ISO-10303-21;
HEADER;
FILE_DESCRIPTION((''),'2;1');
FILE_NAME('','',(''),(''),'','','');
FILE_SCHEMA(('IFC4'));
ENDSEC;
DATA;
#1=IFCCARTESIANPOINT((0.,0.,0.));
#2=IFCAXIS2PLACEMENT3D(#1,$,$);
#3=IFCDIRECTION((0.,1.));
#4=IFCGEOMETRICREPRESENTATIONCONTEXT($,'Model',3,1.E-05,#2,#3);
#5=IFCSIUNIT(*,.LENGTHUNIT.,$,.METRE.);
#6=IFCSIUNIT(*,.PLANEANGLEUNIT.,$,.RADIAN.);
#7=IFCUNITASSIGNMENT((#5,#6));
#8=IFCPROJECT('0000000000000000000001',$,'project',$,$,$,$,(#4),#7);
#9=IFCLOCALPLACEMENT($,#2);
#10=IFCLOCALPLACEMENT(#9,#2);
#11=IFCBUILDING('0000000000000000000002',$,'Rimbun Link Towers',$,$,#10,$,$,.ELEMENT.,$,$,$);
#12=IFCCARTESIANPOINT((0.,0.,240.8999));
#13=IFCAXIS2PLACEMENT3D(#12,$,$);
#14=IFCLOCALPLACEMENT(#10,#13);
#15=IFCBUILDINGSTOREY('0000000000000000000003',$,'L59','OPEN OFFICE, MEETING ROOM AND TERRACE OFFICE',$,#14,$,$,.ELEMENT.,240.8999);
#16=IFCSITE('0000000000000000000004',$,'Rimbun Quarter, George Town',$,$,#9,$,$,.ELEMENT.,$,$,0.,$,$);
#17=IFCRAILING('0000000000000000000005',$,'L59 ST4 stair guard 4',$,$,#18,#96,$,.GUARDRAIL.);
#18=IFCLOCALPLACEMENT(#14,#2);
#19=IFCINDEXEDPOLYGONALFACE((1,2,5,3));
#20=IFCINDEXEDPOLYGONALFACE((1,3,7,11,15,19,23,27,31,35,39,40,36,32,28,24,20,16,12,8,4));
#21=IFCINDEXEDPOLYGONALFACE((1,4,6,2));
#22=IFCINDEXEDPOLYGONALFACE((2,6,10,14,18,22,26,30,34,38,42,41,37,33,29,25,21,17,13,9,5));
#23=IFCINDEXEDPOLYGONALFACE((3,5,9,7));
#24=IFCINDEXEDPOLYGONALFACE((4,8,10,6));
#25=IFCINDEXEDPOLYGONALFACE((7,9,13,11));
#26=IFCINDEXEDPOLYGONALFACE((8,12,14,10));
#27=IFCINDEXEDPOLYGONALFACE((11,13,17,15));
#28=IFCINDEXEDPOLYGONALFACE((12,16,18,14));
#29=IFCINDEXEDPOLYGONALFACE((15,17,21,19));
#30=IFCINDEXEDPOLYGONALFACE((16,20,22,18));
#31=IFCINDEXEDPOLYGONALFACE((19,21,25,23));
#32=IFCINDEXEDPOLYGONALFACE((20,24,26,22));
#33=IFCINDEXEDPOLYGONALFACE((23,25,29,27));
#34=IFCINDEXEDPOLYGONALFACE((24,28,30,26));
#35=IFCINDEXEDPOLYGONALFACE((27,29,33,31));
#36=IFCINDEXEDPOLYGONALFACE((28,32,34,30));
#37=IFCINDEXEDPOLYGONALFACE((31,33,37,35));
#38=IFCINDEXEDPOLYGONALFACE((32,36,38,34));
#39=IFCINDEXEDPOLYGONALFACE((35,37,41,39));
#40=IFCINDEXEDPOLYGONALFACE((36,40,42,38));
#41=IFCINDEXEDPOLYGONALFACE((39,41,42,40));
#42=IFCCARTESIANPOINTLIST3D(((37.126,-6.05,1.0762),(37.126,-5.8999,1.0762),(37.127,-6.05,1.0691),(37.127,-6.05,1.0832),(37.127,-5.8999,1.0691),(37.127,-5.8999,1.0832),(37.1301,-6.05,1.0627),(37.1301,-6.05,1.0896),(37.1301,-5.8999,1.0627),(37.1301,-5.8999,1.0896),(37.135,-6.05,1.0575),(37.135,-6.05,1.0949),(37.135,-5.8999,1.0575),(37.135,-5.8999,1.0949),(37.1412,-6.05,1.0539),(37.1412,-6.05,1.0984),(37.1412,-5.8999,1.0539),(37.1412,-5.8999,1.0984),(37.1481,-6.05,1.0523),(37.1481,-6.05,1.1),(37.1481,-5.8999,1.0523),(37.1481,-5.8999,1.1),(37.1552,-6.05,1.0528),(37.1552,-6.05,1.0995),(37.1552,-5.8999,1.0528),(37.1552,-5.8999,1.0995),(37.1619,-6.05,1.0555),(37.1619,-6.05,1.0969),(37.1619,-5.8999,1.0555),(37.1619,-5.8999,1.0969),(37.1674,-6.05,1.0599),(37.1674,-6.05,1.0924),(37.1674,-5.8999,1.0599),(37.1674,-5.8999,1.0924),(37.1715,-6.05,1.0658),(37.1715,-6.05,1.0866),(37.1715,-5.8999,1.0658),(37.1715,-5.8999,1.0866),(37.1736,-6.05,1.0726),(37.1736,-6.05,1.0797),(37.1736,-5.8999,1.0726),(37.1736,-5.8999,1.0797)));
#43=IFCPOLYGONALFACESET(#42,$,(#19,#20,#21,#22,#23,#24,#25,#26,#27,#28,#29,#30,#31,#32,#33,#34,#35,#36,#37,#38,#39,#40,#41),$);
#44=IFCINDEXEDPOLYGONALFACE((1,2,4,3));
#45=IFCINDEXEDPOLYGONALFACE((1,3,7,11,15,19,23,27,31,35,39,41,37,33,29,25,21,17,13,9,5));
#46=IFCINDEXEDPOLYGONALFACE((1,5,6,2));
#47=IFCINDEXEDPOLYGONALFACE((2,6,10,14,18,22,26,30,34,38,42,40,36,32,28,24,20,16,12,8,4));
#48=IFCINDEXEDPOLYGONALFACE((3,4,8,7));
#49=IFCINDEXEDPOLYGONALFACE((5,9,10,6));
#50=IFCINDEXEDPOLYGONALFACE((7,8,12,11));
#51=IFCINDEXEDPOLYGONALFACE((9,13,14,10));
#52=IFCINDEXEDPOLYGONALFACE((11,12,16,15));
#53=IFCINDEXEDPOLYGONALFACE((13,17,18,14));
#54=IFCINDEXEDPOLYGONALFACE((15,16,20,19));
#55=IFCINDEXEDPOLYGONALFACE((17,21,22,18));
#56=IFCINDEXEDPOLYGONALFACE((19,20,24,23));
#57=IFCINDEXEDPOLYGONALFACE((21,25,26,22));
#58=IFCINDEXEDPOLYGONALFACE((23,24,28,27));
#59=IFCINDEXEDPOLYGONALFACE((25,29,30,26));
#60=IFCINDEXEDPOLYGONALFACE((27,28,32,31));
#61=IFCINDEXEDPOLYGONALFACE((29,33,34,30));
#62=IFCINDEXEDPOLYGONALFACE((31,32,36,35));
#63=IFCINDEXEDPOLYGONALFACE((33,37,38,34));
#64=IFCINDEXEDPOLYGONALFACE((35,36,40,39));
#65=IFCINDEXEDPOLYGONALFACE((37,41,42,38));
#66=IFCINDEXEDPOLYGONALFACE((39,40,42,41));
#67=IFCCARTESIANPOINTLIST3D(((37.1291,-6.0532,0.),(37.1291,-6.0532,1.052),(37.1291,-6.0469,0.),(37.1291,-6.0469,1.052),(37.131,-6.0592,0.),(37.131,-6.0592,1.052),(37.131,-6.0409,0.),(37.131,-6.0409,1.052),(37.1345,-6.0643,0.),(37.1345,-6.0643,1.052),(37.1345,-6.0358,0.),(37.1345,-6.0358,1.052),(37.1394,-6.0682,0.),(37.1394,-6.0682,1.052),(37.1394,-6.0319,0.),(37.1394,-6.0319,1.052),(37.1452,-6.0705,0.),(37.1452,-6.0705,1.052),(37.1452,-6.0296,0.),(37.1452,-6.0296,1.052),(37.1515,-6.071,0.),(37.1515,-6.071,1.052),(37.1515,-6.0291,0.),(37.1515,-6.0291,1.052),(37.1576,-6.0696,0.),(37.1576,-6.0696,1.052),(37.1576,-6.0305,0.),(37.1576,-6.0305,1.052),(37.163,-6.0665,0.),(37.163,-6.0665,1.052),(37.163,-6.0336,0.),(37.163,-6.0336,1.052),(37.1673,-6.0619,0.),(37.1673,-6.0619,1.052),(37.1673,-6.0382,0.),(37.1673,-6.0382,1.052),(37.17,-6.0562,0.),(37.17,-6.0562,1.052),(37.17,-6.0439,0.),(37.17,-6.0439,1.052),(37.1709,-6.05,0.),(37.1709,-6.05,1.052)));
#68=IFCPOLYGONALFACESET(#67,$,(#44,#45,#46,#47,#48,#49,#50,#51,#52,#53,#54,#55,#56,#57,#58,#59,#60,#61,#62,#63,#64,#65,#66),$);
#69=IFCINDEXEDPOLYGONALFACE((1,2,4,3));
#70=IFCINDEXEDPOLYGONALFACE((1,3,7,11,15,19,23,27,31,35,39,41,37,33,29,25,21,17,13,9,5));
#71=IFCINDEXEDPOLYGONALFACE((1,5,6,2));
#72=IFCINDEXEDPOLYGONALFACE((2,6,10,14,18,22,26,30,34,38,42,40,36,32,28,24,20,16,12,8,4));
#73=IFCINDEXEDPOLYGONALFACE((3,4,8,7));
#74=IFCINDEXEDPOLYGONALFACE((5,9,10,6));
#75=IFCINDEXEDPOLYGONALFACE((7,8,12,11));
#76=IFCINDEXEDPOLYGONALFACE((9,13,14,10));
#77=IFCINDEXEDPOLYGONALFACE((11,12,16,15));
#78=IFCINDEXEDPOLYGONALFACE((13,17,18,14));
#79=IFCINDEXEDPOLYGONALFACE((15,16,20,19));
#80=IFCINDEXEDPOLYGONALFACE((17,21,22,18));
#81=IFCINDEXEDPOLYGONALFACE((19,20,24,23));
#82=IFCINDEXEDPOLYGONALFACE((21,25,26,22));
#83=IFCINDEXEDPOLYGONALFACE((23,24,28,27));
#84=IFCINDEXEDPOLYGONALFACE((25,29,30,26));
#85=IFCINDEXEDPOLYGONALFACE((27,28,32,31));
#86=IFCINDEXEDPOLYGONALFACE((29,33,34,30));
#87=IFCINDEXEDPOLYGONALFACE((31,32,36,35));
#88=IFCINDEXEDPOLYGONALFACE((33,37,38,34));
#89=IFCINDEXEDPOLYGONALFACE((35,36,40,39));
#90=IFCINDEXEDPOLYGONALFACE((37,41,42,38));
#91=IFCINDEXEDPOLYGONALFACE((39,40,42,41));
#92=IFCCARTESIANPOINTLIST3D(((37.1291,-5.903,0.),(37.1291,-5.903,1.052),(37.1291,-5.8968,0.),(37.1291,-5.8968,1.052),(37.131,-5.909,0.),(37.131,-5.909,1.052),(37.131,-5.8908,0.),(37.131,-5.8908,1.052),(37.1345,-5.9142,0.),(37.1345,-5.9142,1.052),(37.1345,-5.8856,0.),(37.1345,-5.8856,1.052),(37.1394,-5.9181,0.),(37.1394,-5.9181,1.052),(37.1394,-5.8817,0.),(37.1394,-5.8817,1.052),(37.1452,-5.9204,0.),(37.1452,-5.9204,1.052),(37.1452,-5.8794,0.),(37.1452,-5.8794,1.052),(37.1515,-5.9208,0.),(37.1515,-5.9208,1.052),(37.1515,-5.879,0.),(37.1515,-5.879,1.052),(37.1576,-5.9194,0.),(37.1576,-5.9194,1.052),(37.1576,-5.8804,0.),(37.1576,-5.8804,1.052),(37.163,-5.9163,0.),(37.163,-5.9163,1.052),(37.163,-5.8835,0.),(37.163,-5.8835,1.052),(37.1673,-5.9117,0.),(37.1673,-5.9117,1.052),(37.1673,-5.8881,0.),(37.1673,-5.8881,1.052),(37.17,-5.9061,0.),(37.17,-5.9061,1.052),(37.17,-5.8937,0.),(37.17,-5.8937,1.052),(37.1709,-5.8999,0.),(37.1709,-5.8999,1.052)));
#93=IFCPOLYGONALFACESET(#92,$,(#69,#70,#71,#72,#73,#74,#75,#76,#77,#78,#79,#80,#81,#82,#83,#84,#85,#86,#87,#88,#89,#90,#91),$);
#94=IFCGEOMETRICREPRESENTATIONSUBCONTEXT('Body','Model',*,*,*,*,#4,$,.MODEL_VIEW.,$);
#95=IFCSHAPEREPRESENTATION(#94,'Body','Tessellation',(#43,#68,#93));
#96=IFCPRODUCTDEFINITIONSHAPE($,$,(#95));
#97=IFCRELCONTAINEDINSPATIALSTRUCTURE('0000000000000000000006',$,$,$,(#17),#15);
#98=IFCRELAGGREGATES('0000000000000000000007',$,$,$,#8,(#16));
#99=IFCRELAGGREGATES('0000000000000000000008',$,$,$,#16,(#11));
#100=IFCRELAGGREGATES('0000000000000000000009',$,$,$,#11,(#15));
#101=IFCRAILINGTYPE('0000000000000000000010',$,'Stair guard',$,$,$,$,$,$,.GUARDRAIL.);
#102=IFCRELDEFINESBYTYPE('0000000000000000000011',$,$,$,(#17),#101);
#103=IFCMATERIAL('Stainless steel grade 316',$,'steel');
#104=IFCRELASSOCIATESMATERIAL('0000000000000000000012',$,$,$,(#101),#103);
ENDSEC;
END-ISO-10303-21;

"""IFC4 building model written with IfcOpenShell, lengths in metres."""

from ifc_helpers import new_model, si_unit, direction, frame, origin, origin_2d, place, context, subcontext, project, spatial, circle, extrude, material, type_object, element, save


model = new_model("IFC4")

# Units and contexts
model_context = context("Model", 3, precision=1e-05, world=origin(), true_north=direction((0.0, 1.0)))
body_context = subcontext(model_context, "Body", "Model", "MODEL_VIEW")
ifc_project = project(units=[si_unit("LENGTHUNIT", "METRE"), si_unit("PLANEANGLEUNIT", "RADIAN")], contexts=[model_context])

# Site, building, storey
site_placement = place(None, origin())
site = spatial("IfcSite", under=ifc_project, at=site_placement, Name="Rimbun Quarter, George Town", CompositionType="ELEMENT", RefElevation=0.0)
building_placement = place(site_placement, origin())
building = spatial("IfcBuilding", under=site, at=building_placement, Name="Rimbun Link Towers", CompositionType="ELEMENT")
storey_placement = place(building_placement, frame((0.0, 0.0, 240.8999)))
storey = spatial("IfcBuildingStorey", under=building, at=storey_placement, Name="L59", Description="OPEN OFFICE, MEETING ROOM AND TERRACE OFFICE", CompositionType="ELEMENT", Elevation=240.8999)

# Railing
ifc_material_1 = material(Name="Stainless steel grade 316", Category="steel")
railing_type_1 = type_object("IfcRailingType", Name="Stair guard", PredefinedType="GUARDRAIL", material=ifc_material_1)
railing_1_placement = place(storey_placement, frame((37.1499, -6.05, 0.0)))
element("IfcRailing", 1, at=railing_1_placement, inside=storey, type_object=railing_type_1, Name="L59 ST4 stair guard 4", PredefinedType="GUARDRAIL", context=body_context, shape_type="SweptSolid", body=[
    extrude(circle(Radius=0.0239, at=origin_2d()), frame((0.0, 0.0, 1.0762), z_axis=(0.0, 1.0, 0.0), x_axis=(-1.0, 0.0, 0.0)), (0.0, 0.0, 1.0), 0.1501),
    extrude(circle(Radius=0.021, at=origin_2d()), origin(), (0.0, 0.0, 1.0), 1.052),
    extrude(circle(Radius=0.021, at=origin_2d()), frame((0.0, 0.1501, 0.0)), (0.0, 0.0, 1.0), 1.052),
])

save(model, "model.ifc")
